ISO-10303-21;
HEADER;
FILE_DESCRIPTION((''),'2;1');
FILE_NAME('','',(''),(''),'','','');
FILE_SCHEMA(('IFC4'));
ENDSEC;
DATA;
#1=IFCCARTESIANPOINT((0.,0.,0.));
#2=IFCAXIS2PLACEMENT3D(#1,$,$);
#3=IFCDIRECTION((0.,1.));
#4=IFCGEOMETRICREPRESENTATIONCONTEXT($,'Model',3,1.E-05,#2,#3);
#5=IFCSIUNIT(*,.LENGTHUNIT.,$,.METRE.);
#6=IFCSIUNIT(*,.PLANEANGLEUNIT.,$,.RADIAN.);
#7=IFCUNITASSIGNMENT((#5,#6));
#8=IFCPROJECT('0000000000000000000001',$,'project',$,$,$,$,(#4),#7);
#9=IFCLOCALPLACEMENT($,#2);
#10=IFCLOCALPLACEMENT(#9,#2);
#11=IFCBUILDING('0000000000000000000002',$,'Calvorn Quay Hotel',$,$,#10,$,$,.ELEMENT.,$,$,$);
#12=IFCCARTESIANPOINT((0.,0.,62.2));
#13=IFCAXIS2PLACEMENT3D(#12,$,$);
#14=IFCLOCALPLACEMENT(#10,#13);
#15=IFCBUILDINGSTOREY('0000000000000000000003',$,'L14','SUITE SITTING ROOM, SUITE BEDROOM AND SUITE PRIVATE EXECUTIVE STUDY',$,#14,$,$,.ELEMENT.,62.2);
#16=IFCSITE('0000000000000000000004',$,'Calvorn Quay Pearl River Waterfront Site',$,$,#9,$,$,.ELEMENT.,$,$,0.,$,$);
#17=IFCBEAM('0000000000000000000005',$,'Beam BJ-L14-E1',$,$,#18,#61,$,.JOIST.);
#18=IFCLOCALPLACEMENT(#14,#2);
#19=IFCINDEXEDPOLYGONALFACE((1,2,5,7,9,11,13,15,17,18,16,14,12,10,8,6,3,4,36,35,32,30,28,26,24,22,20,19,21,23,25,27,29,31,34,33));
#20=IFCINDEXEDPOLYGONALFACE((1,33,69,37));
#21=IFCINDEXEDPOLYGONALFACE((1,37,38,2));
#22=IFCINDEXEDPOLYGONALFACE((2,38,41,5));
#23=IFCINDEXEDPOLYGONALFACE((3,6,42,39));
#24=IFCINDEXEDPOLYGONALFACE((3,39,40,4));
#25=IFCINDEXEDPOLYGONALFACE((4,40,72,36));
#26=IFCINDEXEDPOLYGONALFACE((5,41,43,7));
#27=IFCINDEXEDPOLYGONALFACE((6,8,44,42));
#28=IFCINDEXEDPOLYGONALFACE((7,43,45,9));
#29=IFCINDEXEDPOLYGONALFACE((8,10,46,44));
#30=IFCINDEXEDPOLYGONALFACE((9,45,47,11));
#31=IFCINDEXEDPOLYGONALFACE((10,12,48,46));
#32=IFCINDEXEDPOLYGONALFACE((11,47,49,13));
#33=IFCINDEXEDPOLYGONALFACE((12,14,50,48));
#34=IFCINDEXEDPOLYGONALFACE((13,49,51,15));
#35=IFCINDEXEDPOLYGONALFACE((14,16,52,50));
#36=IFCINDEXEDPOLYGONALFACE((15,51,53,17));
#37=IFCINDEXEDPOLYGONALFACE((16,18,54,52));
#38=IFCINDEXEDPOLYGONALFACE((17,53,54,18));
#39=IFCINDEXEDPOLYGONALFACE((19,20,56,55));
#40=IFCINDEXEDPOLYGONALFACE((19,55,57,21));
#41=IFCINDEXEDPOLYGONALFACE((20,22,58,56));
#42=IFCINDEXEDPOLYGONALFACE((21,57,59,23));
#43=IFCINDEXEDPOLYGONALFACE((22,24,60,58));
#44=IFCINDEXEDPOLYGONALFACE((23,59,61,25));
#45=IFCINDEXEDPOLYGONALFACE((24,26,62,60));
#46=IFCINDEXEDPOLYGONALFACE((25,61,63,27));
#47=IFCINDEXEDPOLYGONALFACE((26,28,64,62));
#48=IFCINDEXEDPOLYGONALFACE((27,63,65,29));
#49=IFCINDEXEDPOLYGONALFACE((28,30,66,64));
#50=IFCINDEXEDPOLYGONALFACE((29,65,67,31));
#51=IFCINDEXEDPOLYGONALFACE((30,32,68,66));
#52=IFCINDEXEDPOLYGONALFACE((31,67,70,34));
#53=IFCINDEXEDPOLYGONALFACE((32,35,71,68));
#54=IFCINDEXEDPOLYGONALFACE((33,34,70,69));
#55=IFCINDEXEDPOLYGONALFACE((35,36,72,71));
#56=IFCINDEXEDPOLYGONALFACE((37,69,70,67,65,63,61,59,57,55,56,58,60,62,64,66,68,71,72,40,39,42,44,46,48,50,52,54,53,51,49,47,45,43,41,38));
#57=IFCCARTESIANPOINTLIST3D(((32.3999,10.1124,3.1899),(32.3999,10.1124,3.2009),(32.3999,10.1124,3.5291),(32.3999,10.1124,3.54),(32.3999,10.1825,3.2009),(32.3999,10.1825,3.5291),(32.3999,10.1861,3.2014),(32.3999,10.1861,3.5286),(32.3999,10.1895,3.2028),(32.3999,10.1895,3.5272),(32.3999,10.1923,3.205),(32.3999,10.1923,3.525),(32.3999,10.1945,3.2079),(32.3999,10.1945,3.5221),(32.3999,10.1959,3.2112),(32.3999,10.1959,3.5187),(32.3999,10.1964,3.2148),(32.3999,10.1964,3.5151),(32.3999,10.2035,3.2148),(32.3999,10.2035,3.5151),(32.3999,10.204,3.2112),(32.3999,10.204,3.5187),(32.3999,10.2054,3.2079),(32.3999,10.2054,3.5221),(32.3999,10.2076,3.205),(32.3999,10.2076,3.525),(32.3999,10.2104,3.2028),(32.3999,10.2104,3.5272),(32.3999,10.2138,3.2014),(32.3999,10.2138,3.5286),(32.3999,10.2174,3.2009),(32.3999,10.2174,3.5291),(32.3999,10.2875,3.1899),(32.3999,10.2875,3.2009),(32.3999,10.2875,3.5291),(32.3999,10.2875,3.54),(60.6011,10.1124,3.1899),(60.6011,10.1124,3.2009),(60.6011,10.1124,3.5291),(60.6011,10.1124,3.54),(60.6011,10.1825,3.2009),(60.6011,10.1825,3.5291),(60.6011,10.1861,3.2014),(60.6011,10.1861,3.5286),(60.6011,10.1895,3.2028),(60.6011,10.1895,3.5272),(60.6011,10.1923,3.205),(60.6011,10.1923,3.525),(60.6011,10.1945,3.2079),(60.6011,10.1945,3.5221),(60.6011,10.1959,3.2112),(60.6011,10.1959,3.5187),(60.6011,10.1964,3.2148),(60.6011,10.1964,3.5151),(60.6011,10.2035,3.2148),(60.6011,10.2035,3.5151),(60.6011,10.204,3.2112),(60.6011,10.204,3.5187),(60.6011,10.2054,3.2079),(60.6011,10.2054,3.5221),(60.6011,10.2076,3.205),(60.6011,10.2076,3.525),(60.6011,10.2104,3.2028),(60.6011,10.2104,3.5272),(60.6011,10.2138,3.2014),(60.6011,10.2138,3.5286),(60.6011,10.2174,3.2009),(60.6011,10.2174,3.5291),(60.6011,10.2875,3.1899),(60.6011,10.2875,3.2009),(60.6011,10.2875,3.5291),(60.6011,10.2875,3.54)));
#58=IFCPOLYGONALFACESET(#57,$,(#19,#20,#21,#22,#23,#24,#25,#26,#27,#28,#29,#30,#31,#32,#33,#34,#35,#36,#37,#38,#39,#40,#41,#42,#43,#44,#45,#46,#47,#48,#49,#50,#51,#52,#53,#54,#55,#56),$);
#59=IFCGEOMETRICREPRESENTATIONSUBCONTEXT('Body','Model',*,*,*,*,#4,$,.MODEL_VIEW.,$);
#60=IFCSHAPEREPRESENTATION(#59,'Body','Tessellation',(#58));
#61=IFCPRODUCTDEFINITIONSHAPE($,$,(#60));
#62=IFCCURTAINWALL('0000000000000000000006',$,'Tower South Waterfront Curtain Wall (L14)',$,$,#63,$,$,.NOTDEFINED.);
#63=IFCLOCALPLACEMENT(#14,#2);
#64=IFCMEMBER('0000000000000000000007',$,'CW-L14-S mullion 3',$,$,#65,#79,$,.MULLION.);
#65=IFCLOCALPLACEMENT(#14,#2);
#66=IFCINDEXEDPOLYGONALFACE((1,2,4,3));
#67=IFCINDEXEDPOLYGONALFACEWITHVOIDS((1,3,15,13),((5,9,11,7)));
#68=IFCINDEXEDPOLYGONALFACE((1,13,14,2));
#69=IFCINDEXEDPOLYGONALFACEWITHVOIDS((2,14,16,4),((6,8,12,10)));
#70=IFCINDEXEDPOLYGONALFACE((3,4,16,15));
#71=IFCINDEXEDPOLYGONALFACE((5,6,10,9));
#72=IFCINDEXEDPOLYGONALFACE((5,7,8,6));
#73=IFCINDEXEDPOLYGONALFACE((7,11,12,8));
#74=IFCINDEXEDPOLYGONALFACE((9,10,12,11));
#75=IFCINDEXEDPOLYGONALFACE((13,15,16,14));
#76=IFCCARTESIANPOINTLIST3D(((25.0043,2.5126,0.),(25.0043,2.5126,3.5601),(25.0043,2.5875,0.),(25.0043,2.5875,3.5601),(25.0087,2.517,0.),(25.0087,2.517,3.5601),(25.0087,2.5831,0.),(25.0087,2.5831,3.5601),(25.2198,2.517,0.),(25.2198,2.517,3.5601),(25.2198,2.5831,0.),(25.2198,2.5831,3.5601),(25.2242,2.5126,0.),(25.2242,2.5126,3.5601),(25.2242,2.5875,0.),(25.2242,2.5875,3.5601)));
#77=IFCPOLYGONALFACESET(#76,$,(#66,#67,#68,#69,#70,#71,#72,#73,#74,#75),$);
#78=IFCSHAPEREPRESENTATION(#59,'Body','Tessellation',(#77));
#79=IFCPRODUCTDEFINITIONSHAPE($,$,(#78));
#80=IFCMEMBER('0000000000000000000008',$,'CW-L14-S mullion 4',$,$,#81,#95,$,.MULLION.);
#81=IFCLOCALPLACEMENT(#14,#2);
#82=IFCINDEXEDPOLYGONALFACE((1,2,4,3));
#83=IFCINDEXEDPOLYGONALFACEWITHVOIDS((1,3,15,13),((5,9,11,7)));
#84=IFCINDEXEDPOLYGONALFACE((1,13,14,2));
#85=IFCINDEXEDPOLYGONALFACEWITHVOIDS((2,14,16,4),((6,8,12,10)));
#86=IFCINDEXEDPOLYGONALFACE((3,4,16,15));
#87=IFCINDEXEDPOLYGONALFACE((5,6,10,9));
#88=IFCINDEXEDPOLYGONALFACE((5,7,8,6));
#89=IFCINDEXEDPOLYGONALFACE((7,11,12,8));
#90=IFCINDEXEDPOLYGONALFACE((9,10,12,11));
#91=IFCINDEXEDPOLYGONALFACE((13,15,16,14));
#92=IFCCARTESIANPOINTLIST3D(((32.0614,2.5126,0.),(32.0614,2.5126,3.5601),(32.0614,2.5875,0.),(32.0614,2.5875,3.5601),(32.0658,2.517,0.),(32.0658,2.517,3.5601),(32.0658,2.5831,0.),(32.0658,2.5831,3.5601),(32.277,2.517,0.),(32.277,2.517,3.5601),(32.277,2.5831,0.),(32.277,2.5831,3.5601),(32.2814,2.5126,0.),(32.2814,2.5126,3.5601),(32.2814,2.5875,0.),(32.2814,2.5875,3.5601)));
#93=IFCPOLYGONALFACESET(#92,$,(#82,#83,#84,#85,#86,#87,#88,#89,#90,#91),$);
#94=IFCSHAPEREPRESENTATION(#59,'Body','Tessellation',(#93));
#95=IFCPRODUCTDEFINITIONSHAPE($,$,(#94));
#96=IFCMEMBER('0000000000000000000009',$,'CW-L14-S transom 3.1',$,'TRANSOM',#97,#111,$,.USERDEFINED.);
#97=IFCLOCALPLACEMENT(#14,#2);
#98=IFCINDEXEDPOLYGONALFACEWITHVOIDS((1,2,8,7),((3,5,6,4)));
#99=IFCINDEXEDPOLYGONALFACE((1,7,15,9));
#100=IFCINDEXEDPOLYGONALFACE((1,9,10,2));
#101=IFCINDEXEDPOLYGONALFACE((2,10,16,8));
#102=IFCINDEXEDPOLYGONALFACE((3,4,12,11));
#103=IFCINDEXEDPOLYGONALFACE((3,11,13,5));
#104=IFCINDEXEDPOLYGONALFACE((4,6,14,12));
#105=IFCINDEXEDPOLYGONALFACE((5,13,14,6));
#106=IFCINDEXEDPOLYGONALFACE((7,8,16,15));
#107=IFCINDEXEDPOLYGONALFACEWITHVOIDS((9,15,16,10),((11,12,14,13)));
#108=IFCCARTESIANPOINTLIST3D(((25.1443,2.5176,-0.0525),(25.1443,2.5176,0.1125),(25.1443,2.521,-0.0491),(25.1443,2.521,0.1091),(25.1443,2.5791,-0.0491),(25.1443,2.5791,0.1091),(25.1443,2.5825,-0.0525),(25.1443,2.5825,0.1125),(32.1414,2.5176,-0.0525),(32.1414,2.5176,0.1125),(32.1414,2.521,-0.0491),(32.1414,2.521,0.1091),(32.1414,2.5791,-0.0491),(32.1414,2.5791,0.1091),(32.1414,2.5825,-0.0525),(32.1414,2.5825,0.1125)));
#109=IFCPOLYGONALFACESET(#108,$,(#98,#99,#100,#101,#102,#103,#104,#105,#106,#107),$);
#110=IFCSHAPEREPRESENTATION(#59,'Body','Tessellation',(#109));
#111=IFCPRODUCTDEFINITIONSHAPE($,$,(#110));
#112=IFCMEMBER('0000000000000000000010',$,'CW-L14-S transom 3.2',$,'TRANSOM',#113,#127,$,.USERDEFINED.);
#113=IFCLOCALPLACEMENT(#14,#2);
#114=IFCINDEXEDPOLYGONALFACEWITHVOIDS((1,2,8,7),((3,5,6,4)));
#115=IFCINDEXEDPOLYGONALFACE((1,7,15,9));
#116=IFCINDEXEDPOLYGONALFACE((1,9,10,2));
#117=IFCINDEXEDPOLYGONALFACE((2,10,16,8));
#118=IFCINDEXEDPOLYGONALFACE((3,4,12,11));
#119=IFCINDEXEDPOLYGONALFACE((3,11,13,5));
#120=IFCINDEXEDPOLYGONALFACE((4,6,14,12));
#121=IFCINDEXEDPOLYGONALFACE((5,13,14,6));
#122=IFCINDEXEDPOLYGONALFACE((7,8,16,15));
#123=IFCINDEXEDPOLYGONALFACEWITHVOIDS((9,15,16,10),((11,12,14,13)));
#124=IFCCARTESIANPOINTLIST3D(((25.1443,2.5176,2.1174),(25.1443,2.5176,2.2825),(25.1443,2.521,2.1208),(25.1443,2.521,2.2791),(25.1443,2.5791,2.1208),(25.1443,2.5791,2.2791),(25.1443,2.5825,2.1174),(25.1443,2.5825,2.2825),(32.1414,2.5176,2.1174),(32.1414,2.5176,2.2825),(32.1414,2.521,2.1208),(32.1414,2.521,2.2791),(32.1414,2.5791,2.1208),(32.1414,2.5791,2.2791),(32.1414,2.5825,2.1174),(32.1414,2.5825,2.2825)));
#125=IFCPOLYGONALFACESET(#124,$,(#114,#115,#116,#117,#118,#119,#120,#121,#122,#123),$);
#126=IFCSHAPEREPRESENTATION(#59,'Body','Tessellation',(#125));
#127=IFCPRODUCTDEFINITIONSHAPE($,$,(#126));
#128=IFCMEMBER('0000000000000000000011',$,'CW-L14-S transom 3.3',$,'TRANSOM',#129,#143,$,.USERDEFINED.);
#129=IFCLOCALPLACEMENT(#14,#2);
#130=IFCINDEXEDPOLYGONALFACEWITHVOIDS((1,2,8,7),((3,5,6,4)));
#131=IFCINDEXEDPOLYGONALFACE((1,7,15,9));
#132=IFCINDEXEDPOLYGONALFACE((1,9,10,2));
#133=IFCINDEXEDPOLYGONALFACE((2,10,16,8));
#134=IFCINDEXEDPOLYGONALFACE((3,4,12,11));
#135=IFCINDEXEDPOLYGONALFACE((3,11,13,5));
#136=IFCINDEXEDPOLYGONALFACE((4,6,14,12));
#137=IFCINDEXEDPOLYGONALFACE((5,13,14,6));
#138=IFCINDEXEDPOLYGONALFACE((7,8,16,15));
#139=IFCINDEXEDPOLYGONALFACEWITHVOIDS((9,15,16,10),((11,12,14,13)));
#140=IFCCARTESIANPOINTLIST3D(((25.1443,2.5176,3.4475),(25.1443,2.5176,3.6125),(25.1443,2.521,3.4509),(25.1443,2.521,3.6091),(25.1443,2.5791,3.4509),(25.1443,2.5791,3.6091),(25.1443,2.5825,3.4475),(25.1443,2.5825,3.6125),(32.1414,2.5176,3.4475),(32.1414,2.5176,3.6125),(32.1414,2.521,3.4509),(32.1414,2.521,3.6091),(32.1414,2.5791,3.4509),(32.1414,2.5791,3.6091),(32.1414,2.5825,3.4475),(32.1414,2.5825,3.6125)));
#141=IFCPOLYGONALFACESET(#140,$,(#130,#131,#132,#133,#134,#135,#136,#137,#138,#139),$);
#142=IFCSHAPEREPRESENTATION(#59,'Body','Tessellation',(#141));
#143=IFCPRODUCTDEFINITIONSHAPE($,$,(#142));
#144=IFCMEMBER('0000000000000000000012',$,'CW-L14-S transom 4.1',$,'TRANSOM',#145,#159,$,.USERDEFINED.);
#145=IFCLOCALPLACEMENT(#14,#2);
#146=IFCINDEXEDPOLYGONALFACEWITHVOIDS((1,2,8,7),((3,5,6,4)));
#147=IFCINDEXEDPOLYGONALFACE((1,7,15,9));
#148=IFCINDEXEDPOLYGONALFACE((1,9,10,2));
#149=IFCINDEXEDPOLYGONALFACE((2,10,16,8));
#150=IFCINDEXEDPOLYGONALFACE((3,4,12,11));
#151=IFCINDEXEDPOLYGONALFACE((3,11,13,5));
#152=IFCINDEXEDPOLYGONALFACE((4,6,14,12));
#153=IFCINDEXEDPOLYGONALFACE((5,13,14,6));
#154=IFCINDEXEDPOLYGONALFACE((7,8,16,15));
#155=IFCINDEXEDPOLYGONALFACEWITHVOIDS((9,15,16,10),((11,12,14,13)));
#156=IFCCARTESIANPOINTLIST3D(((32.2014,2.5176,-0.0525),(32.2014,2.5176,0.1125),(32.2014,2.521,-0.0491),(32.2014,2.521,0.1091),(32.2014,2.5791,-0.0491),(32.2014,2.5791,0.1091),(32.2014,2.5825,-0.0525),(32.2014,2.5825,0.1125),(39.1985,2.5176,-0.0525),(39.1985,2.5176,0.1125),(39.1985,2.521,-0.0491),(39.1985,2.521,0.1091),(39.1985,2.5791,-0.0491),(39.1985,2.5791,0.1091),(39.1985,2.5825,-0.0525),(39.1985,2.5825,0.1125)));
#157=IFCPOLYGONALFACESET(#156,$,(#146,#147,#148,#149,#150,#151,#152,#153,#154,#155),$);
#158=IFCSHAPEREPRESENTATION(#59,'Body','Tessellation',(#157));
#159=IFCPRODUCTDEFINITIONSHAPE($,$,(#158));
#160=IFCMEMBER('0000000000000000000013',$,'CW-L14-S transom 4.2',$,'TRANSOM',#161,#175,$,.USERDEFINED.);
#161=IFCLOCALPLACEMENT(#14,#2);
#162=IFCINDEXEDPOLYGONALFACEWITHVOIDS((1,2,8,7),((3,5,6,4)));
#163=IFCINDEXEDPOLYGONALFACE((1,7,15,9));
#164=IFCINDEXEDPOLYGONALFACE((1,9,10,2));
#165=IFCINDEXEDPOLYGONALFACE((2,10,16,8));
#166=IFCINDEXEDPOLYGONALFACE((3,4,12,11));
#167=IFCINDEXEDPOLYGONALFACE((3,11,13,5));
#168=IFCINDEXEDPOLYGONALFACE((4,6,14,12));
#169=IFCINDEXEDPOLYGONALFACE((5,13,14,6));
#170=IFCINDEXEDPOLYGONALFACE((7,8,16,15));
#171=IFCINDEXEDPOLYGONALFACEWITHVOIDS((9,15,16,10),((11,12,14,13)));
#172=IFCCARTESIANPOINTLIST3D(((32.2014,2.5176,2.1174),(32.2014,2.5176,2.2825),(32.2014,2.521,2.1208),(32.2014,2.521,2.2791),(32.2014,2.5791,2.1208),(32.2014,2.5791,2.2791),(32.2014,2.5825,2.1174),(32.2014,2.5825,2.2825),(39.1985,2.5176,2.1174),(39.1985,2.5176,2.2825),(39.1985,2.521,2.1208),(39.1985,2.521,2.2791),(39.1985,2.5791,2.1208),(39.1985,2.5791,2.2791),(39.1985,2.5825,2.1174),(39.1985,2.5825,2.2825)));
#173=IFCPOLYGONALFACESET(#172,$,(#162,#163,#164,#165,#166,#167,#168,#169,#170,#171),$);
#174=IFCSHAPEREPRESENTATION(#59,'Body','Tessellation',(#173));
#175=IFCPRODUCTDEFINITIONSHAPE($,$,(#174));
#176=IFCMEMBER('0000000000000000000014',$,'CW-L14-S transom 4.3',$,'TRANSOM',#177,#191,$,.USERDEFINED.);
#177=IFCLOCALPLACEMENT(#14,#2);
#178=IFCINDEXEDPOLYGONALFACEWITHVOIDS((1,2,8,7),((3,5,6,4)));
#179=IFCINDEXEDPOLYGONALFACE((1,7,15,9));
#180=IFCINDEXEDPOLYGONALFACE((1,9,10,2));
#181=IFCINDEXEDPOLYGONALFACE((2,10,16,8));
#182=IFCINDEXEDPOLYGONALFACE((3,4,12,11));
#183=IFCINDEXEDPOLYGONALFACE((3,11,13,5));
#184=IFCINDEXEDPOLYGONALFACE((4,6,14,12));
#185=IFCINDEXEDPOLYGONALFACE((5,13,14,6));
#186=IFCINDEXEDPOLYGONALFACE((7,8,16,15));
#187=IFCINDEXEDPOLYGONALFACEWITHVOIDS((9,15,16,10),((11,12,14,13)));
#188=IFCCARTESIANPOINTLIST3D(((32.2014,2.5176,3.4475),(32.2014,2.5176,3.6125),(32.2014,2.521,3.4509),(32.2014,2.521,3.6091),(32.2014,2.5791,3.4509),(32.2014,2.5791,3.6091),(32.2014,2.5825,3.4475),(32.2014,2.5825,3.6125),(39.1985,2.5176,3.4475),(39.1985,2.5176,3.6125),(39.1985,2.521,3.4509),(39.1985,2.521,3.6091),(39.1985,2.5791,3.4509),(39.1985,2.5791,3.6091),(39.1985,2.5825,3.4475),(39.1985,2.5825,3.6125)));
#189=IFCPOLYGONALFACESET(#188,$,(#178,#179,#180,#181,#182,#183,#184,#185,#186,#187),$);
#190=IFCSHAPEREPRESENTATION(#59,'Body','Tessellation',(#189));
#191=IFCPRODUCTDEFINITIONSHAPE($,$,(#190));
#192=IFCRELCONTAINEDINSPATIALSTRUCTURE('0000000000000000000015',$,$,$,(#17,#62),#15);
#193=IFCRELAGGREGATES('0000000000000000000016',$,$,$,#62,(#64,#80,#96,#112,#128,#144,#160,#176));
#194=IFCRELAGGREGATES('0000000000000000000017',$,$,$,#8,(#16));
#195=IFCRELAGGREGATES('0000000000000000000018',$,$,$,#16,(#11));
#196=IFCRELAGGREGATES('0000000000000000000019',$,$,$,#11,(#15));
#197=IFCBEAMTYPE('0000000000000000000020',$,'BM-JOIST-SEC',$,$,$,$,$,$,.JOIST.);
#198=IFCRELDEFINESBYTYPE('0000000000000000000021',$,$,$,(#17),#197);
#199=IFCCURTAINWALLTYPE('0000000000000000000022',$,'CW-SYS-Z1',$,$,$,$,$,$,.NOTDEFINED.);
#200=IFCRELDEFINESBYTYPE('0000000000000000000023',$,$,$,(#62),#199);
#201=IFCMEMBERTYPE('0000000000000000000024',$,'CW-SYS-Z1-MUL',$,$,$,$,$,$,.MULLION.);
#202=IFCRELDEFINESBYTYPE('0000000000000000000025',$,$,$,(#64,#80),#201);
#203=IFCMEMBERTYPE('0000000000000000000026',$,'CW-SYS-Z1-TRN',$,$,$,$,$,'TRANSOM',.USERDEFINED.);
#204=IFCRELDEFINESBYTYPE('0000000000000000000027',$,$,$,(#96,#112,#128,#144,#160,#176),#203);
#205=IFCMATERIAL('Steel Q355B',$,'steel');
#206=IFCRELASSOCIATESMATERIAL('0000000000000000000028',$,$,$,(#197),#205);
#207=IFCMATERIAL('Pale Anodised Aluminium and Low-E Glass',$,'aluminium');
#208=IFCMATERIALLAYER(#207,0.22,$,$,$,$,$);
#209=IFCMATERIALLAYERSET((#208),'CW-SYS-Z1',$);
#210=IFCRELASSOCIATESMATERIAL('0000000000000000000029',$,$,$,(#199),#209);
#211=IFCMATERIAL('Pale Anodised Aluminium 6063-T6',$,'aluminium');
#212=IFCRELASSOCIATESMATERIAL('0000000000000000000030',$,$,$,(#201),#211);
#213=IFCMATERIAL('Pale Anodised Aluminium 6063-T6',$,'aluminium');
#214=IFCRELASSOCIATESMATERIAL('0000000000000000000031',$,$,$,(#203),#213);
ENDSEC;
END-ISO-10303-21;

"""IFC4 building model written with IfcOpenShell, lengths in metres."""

from ifc_helpers import new_model, si_unit, direction, frame, origin, origin_2d, place, context, subcontext, project, spatial, hollow_rectangle, i_section, extrude, material, layer, layer_set, material_profile, profile_set, type_object, element, aggregate, save


model = new_model("IFC4")

# Units and contexts
model_context = context("Model", 3, precision=1e-05, world=origin(), true_north=direction((0.0, 1.0)))
body_context = subcontext(model_context, "Body", "Model", "MODEL_VIEW")
ifc_project = project(units=[si_unit("LENGTHUNIT", "METRE"), si_unit("PLANEANGLEUNIT", "RADIAN")], contexts=[model_context])

# Site, building, storey
site_placement = place(None, origin())
site = spatial("IfcSite", under=ifc_project, at=site_placement, Name="Calvorn Quay Pearl River Waterfront Site", CompositionType="ELEMENT", RefElevation=0.0)
building_placement = place(site_placement, origin())
building = spatial("IfcBuilding", under=site, at=building_placement, Name="Calvorn Quay Hotel", CompositionType="ELEMENT")
storey_placement = place(building_placement, frame((0.0, 0.0, 62.2)))
storey = spatial("IfcBuildingStorey", under=building, at=storey_placement, Name="L14", Description="SUITE SITTING ROOM, SUITE BEDROOM AND SUITE PRIVATE EXECUTIVE STUDY", CompositionType="ELEMENT", Elevation=62.2)

# Beam
ifc_material_1 = material(Name="Steel Q355B", Category="steel")
ifc_material_profile_1 = material_profile(ifc_material_1, i_section(OverallWidth=0.175, OverallDepth=0.3501, WebThickness=0.0071, FlangeThickness=0.011, FilletRadius=0.0139, at=origin_2d()), Name="HN350x175x7x11")
ifc_profile_set_1 = profile_set([ifc_material_profile_1], Name="Steel Q355B")
beam_type = type_object("IfcBeamType", Name="BM-JOIST-SEC", PredefinedType="JOIST", material=ifc_profile_set_1)
beam_placement = place(storey_placement, frame((32.3999, 10.2, 3.365), z_axis=(1.0, 0.0, 0.0), x_axis=(0.0, 1.0, 0.0)))
element("IfcBeam", 1, at=beam_placement, inside=storey, type_object=beam_type, Name="Beam BJ-L14-E1", PredefinedType="JOIST", context=body_context, shape_type="SweptSolid", body=[
    extrude(i_section(OverallWidth=0.175, OverallDepth=0.3501, WebThickness=0.0071, FlangeThickness=0.011, FilletRadius=0.0139, at=origin_2d()), origin(), (0.0, 0.0, 1.0), 28.2012),
])

# Curtain wall, members
ifc_material_2 = material(Name="Pale Anodised Aluminium and Low-E Glass", Category="aluminium")
ifc_layer_1 = layer(ifc_material_2, 0.22)
ifc_layer_set_1 = layer_set([ifc_layer_1], Name="CW-SYS-Z1")
curtain_wall_type = type_object("IfcCurtainWallType", Name="CW-SYS-Z1", PredefinedType="NOTDEFINED", material=ifc_layer_set_1)
curtain_wall_placement = place(storey_placement, origin())
curtain_wall = element("IfcCurtainWall", 2, at=curtain_wall_placement, inside=storey, type_object=curtain_wall_type, Name="Tower South Waterfront Curtain Wall (L14)", PredefinedType="NOTDEFINED")
ifc_material_3 = material(Name="Pale Anodised Aluminium 6063-T6", Category="aluminium")
ifc_material_profile_2 = material_profile(ifc_material_3, hollow_rectangle(XDim=0.075, YDim=0.22, WallThickness=0.0044, at=origin_2d()), Name="ALU-M220x75x4.5")
ifc_profile_set_2 = profile_set([ifc_material_profile_2], Name="Pale Anodised Aluminium 6063-T6")
member_type_1 = type_object("IfcMemberType", Name="CW-SYS-Z1-MUL", PredefinedType="MULLION", material=ifc_profile_set_2)
member_1_placement = place(storey_placement, frame((25.1143, 2.55, 0.0), z_axis=(0.0, 0.0, 1.0), x_axis=(0.0, 1.0, 0.0)))
member_1 = element("IfcMember", 3, at=member_1_placement, type_object=member_type_1, Name="CW-L14-S mullion 3", PredefinedType="MULLION", context=body_context, shape_type="SweptSolid", body=[
    extrude(hollow_rectangle(XDim=0.075, YDim=0.22, WallThickness=0.0044, at=origin_2d()), origin(), (0.0, 0.0, 1.0), 3.5601),
])
member_2_placement = place(storey_placement, frame((32.1714, 2.55, 0.0), z_axis=(0.0, 0.0, 1.0), x_axis=(0.0, 1.0, 0.0)))
member_2 = element("IfcMember", 4, at=member_2_placement, type_object=member_type_1, Name="CW-L14-S mullion 4", PredefinedType="MULLION", context=body_context, shape_type="SweptSolid", body=[
    extrude(hollow_rectangle(XDim=0.075, YDim=0.22, WallThickness=0.0044, at=origin_2d()), origin(), (0.0, 0.0, 1.0), 3.5601),
])
ifc_material_4 = material(Name="Pale Anodised Aluminium 6063-T6", Category="aluminium")
ifc_material_profile_3 = material_profile(ifc_material_4, hollow_rectangle(XDim=0.0649, YDim=0.165, WallThickness=0.0034, at=origin_2d()), Name="ALU-T165x65x3.5")
ifc_profile_set_3 = profile_set([ifc_material_profile_3], Name="Pale Anodised Aluminium 6063-T6")
member_type_2 = type_object("IfcMemberType", Name="CW-SYS-Z1-TRN", ElementType="TRANSOM", PredefinedType="USERDEFINED", material=ifc_profile_set_3)
member_3_placement = place(storey_placement, frame((25.1443, 2.55, 0.03), z_axis=(1.0, 0.0, 0.0), x_axis=(0.0, 1.0, 0.0)))
member_3 = element("IfcMember", 5, at=member_3_placement, type_object=member_type_2, Name="CW-L14-S transom 3.1", ObjectType="TRANSOM", PredefinedType="USERDEFINED", context=body_context, shape_type="SweptSolid", body=[
    extrude(hollow_rectangle(XDim=0.0649, YDim=0.165, WallThickness=0.0034, at=origin_2d()), origin(), (0.0, 0.0, 1.0), 6.9971),
])
member_4_placement = place(storey_placement, frame((25.1443, 2.55, 2.2), z_axis=(1.0, 0.0, 0.0), x_axis=(0.0, 1.0, 0.0)))
member_4 = element("IfcMember", 6, at=member_4_placement, type_object=member_type_2, Name="CW-L14-S transom 3.2", ObjectType="TRANSOM", PredefinedType="USERDEFINED", context=body_context, shape_type="SweptSolid", body=[
    extrude(hollow_rectangle(XDim=0.0649, YDim=0.165, WallThickness=0.0034, at=origin_2d()), origin(), (0.0, 0.0, 1.0), 6.9971),
])
member_5_placement = place(storey_placement, frame((25.1443, 2.55, 3.53), z_axis=(1.0, 0.0, 0.0), x_axis=(0.0, 1.0, 0.0)))
member_5 = element("IfcMember", 7, at=member_5_placement, type_object=member_type_2, Name="CW-L14-S transom 3.3", ObjectType="TRANSOM", PredefinedType="USERDEFINED", context=body_context, shape_type="SweptSolid", body=[
    extrude(hollow_rectangle(XDim=0.0649, YDim=0.165, WallThickness=0.0034, at=origin_2d()), origin(), (0.0, 0.0, 1.0), 6.9971),
])
member_6_placement = place(storey_placement, frame((32.2014, 2.55, 0.03), z_axis=(1.0, 0.0, 0.0), x_axis=(0.0, 1.0, 0.0)))
member_6 = element("IfcMember", 8, at=member_6_placement, type_object=member_type_2, Name="CW-L14-S transom 4.1", ObjectType="TRANSOM", PredefinedType="USERDEFINED", context=body_context, shape_type="SweptSolid", body=[
    extrude(hollow_rectangle(XDim=0.0649, YDim=0.165, WallThickness=0.0034, at=origin_2d()), origin(), (0.0, 0.0, 1.0), 6.9971),
])
member_7_placement = place(storey_placement, frame((32.2014, 2.55, 2.2), z_axis=(1.0, 0.0, 0.0), x_axis=(0.0, 1.0, 0.0)))
member_7 = element("IfcMember", 9, at=member_7_placement, type_object=member_type_2, Name="CW-L14-S transom 4.2", ObjectType="TRANSOM", PredefinedType="USERDEFINED", context=body_context, shape_type="SweptSolid", body=[
    extrude(hollow_rectangle(XDim=0.0649, YDim=0.165, WallThickness=0.0034, at=origin_2d()), origin(), (0.0, 0.0, 1.0), 6.9971),
])
member_8_placement = place(storey_placement, frame((32.2014, 2.55, 3.53), z_axis=(1.0, 0.0, 0.0), x_axis=(0.0, 1.0, 0.0)))
member_8 = element("IfcMember", 10, at=member_8_placement, type_object=member_type_2, Name="CW-L14-S transom 4.3", ObjectType="TRANSOM", PredefinedType="USERDEFINED", context=body_context, shape_type="SweptSolid", body=[
    extrude(hollow_rectangle(XDim=0.0649, YDim=0.165, WallThickness=0.0034, at=origin_2d()), origin(), (0.0, 0.0, 1.0), 6.9971),
])
aggregate(curtain_wall, [member_1, member_2, member_3, member_4, member_5, member_6, member_7, member_8])

save(model, "model.ifc")
